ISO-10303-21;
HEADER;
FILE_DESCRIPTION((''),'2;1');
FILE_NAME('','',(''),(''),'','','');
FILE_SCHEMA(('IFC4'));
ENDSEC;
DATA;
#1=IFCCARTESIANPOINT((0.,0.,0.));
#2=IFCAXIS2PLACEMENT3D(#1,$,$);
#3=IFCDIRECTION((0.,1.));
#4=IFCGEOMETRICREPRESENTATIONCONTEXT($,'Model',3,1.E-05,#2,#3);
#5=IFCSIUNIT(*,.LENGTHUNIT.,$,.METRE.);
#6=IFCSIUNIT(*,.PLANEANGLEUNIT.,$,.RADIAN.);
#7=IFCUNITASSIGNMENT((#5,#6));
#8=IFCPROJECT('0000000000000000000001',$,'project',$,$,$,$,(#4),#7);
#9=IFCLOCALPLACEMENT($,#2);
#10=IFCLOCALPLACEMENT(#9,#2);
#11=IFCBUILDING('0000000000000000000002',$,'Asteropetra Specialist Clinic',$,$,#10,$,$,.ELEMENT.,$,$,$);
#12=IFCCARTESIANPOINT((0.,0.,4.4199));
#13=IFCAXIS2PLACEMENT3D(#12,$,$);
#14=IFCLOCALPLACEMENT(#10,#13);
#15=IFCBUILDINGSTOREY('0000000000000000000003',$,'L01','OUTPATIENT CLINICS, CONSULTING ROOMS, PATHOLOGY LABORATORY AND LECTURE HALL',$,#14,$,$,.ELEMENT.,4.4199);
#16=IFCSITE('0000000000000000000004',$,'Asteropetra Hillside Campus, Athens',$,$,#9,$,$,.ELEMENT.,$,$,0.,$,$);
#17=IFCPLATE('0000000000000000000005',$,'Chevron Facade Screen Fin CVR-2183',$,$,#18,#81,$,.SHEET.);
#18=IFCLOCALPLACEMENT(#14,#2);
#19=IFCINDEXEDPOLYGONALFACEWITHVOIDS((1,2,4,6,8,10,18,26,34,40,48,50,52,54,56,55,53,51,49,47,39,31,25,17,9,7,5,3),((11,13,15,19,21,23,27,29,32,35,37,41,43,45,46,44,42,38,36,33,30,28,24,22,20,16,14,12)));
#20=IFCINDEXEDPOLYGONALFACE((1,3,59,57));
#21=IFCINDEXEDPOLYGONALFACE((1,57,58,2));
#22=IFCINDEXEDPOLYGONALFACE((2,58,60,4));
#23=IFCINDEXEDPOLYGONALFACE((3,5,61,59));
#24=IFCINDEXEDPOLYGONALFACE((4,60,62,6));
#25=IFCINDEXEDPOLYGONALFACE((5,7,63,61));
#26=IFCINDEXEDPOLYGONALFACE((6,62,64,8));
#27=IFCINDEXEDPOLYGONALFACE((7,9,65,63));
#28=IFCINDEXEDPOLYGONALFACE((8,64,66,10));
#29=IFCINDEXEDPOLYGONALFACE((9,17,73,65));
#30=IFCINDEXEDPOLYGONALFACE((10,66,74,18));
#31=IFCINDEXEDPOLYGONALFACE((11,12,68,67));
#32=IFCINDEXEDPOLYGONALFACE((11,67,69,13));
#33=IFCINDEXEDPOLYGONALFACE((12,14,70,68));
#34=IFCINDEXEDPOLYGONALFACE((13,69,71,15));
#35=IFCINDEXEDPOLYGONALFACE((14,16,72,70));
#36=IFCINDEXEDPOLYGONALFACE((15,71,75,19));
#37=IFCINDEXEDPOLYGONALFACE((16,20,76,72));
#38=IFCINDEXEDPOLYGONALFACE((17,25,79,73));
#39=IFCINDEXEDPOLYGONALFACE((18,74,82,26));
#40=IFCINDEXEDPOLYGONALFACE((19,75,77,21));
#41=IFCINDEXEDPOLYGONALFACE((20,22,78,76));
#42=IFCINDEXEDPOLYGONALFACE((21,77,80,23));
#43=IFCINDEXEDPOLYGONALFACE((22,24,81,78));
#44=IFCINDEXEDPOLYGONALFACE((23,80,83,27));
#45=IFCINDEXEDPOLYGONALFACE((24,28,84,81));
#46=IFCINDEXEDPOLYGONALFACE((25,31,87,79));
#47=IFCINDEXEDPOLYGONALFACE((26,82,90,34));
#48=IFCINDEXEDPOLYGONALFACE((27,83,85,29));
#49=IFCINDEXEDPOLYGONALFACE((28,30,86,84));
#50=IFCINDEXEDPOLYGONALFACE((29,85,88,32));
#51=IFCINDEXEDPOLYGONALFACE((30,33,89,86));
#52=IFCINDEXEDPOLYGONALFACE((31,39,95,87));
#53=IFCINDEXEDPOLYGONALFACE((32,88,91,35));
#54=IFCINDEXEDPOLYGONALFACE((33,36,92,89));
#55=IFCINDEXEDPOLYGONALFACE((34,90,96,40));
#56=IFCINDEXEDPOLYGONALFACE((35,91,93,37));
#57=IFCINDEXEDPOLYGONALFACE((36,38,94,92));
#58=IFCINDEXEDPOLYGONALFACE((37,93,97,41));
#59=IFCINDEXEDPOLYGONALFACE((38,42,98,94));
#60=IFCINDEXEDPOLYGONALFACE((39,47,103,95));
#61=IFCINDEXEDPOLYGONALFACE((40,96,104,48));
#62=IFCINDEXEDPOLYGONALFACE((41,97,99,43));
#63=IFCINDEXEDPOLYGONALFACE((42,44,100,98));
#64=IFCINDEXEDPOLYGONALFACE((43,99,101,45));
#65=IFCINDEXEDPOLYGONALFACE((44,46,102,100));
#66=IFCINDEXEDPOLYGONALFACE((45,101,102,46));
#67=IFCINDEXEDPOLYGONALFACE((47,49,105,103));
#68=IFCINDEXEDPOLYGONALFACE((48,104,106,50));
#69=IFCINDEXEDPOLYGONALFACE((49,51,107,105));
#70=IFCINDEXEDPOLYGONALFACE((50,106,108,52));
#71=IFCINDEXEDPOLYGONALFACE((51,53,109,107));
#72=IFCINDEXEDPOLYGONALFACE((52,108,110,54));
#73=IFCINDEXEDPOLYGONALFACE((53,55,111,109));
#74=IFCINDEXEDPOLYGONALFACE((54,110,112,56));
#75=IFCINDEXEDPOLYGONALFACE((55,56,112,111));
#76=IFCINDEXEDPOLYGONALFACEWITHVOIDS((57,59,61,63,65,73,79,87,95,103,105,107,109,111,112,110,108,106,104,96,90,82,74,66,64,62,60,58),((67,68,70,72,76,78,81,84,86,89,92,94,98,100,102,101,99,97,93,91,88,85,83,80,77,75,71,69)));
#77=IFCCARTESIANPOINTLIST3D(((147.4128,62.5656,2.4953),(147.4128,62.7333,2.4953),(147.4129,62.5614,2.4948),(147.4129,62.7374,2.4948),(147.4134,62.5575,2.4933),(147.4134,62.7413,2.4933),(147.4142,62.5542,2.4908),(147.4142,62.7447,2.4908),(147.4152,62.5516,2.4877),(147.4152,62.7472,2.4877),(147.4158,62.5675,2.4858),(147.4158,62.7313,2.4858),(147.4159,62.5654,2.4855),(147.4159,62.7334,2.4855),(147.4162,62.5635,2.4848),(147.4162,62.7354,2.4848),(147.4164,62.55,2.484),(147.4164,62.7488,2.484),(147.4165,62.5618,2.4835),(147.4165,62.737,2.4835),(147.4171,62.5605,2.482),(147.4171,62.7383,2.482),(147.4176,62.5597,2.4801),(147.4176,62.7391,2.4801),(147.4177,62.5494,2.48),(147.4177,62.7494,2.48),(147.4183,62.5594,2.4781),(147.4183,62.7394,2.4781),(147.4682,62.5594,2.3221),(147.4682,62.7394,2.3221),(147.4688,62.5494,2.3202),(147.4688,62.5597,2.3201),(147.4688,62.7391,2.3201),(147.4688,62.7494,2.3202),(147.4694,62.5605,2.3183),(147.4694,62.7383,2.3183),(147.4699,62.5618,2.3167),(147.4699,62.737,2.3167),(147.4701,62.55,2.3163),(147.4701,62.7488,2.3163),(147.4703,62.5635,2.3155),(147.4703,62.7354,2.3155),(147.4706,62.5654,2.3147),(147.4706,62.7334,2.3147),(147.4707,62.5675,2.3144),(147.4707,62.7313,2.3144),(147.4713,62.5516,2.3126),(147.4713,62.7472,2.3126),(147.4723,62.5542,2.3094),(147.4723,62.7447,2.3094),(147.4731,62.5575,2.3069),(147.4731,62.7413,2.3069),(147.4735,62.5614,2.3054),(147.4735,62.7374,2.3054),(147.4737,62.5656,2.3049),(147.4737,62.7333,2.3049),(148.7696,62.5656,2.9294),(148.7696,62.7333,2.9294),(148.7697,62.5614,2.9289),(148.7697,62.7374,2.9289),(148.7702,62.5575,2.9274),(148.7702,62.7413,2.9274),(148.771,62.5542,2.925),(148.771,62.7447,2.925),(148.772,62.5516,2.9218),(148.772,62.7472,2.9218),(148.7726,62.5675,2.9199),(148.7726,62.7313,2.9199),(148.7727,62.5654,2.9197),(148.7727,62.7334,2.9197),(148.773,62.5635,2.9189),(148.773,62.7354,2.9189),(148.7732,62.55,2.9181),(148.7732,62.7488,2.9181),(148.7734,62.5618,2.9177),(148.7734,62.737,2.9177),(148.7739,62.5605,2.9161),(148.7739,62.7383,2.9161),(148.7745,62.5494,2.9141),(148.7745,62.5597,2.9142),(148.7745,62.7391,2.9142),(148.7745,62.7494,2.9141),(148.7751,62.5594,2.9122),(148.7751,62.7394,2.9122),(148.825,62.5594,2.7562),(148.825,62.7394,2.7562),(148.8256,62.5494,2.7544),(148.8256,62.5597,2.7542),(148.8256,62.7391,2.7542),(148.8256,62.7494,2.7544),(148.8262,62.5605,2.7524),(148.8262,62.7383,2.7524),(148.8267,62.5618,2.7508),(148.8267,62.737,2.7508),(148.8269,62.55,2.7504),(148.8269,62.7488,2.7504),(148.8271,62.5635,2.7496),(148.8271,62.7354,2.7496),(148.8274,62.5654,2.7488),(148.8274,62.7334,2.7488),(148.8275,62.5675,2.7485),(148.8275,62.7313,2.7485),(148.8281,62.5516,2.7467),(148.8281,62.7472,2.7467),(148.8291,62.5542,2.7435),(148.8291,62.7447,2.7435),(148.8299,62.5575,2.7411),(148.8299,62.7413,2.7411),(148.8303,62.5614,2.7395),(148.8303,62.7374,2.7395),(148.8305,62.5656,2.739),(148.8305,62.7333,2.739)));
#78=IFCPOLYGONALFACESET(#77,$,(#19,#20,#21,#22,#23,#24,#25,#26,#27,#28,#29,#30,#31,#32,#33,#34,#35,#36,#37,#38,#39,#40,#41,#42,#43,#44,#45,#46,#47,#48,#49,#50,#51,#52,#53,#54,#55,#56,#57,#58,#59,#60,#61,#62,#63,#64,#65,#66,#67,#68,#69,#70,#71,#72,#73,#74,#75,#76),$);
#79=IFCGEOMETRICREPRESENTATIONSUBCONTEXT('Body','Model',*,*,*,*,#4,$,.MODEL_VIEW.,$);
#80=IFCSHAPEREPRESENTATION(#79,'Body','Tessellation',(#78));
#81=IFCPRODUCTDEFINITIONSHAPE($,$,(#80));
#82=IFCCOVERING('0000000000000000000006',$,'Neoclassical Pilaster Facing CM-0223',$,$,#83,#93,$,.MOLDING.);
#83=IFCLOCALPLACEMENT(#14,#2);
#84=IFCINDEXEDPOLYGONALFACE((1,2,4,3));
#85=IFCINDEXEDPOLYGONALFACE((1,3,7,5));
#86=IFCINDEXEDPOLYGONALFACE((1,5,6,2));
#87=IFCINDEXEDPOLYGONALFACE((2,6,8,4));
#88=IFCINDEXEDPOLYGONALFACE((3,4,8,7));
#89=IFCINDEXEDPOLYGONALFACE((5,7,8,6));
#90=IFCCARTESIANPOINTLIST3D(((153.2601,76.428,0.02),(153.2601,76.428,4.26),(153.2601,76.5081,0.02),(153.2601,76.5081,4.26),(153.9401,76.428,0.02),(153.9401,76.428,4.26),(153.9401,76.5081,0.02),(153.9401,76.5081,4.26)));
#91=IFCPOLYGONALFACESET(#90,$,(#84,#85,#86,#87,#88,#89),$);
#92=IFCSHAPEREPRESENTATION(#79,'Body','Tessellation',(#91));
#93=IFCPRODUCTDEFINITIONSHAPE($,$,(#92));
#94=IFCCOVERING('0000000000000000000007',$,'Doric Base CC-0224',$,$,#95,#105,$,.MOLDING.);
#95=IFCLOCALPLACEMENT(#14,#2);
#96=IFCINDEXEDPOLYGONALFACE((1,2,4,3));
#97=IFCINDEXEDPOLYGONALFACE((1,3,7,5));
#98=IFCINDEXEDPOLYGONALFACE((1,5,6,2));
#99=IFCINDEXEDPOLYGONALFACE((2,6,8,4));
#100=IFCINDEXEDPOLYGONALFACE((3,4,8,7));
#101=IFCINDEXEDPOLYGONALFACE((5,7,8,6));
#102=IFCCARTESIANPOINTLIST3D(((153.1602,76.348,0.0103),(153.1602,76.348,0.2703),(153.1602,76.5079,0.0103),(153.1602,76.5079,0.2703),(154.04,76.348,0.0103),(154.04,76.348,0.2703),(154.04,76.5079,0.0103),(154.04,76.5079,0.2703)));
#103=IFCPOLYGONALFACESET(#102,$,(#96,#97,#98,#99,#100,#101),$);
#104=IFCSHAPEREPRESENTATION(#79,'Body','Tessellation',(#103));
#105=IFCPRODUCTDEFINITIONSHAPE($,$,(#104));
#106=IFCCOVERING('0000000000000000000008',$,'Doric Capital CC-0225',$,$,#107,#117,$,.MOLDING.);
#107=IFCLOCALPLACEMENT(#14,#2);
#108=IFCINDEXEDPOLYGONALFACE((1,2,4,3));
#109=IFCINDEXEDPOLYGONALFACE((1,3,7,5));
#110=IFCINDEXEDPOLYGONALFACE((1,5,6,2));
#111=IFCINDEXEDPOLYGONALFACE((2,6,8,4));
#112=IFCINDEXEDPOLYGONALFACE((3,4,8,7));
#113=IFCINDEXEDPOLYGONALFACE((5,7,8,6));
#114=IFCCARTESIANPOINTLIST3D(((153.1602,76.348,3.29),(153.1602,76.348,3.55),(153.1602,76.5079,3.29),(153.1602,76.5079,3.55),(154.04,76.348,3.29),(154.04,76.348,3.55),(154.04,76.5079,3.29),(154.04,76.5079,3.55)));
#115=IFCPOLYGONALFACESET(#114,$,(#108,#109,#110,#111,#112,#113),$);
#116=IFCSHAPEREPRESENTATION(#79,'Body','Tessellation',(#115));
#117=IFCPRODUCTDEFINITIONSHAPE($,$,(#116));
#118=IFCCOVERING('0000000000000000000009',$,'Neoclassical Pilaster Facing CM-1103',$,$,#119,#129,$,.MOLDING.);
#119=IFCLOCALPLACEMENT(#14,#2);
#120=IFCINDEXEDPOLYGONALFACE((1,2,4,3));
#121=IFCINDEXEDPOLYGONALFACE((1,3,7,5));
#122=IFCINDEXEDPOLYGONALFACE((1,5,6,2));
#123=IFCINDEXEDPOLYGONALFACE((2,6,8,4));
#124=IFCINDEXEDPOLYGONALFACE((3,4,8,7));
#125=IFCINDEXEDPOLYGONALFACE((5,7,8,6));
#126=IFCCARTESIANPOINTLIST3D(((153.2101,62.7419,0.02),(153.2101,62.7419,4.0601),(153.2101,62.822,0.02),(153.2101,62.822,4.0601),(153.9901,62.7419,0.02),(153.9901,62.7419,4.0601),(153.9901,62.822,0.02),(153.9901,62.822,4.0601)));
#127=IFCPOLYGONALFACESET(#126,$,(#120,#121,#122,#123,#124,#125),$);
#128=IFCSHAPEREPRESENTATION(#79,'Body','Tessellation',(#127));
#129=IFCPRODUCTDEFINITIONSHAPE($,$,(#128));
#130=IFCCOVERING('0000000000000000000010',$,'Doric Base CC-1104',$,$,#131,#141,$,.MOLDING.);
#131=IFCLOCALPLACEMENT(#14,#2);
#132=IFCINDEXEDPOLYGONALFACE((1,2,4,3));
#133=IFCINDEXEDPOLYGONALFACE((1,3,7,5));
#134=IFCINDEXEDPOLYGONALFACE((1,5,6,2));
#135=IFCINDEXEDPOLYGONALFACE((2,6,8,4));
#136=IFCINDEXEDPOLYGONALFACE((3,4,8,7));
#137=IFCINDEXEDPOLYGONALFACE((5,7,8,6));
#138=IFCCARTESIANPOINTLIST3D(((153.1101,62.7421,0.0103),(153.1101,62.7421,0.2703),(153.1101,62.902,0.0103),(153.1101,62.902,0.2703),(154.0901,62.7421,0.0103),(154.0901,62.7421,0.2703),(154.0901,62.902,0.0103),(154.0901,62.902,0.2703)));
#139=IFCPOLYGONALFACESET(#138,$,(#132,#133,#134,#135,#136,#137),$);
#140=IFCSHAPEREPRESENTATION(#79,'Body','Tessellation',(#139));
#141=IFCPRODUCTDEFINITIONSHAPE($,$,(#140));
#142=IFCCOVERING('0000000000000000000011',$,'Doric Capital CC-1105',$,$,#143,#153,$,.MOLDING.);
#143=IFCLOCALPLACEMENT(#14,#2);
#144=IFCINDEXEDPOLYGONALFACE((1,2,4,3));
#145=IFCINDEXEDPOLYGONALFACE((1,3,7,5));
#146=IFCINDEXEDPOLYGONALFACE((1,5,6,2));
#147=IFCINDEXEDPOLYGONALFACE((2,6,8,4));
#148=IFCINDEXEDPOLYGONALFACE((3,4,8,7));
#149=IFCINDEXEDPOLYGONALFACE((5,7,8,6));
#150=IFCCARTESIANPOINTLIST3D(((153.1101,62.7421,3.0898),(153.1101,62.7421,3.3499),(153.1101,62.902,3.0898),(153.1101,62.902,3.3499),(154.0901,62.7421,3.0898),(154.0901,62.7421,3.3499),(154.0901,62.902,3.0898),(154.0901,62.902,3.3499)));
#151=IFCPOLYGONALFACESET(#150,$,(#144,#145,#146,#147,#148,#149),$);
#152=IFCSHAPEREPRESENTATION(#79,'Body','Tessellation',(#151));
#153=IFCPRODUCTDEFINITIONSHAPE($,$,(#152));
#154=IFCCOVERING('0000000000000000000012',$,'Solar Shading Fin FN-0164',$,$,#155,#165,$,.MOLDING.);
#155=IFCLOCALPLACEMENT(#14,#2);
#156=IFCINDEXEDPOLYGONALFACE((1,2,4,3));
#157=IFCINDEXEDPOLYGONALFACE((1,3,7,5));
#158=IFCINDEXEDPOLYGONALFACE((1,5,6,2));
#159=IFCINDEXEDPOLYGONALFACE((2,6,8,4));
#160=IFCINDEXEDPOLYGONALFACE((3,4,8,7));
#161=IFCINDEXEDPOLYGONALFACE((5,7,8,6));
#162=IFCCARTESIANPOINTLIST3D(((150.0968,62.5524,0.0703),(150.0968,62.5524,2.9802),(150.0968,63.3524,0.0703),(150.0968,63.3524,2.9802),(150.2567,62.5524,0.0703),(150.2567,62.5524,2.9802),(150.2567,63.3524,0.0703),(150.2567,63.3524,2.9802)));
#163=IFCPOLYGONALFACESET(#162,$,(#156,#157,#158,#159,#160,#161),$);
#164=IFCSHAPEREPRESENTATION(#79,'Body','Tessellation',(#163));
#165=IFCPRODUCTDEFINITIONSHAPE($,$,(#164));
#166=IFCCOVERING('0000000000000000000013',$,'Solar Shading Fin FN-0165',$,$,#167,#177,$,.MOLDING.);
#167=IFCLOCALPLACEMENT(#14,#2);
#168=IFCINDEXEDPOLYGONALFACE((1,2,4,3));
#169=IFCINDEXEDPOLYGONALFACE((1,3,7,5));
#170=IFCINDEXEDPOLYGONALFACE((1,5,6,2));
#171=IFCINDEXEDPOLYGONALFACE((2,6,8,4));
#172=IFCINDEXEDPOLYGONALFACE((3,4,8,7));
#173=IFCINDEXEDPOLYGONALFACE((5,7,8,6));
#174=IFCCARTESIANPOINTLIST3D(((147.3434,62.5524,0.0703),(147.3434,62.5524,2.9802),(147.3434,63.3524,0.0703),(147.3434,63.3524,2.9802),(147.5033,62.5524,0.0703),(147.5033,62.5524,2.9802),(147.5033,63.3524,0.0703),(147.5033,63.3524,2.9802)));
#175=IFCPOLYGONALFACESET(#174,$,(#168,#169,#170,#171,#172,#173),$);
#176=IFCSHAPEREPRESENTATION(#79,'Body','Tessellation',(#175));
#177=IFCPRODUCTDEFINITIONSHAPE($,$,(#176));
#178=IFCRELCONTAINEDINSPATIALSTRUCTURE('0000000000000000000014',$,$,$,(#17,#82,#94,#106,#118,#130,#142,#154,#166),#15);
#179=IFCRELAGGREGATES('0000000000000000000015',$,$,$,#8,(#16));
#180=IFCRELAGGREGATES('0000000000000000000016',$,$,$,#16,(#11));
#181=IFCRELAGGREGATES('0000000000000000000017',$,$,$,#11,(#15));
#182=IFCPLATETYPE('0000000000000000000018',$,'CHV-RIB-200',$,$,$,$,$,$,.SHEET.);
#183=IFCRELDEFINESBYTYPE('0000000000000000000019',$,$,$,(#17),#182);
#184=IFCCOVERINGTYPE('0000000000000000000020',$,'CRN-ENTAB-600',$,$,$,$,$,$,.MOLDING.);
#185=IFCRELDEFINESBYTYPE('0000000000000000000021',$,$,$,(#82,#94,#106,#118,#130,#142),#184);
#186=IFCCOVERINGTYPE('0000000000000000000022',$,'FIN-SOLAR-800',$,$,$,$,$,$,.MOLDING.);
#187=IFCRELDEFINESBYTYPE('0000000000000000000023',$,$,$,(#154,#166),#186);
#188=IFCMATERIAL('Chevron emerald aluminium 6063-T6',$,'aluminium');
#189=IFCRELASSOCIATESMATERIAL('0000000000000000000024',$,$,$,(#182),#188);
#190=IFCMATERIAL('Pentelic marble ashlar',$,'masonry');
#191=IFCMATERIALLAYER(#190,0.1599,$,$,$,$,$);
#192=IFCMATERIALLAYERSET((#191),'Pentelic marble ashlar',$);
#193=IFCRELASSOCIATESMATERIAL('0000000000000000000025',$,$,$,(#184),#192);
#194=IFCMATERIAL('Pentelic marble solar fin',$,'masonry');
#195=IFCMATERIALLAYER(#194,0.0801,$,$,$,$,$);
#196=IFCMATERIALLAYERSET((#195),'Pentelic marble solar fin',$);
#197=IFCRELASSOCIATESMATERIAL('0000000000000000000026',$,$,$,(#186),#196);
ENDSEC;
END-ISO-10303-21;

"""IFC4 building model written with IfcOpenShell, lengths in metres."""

from ifc_helpers import new_model, si_unit, direction, frame, origin, origin_2d, place, context, subcontext, project, spatial, rectangle, hollow_rectangle, extrude, material, layer, layer_set, material_profile, profile_set, type_object, element, save


model = new_model("IFC4")

# Units and contexts
model_context = context("Model", 3, precision=1e-05, world=origin(), true_north=direction((0.0, 1.0)))
body_context = subcontext(model_context, "Body", "Model", "MODEL_VIEW")
ifc_project = project(units=[si_unit("LENGTHUNIT", "METRE"), si_unit("PLANEANGLEUNIT", "RADIAN")], contexts=[model_context])

# Site, building, storey
site_placement = place(None, origin())
site = spatial("IfcSite", under=ifc_project, at=site_placement, Name="Asteropetra Hillside Campus, Athens", CompositionType="ELEMENT", RefElevation=0.0)
building_placement = place(site_placement, origin())
building = spatial("IfcBuilding", under=site, at=building_placement, Name="Asteropetra Specialist Clinic", CompositionType="ELEMENT")
storey_placement = place(building_placement, frame((0.0, 0.0, 4.4199)))
storey = spatial("IfcBuildingStorey", under=building, at=storey_placement, Name="L01", Description="OUTPATIENT CLINICS, CONSULTING ROOMS, PATHOLOGY LABORATORY AND LECTURE HALL", CompositionType="ELEMENT", Elevation=4.4199)

# Plate
ifc_material_1 = material(Name="Chevron emerald aluminium 6063-T6", Category="aluminium")
ifc_material_profile = material_profile(ifc_material_1, hollow_rectangle(XDim=0.2, YDim=0.2, WallThickness=0.01, InnerFilletRadius=0.0081, OuterFilletRadius=0.0161, at=origin_2d()), Name="SHS 200x200x10.0")
ifc_profile_set = profile_set([ifc_material_profile], Name="Chevron emerald aluminium 6063-T6")
plate_type = type_object("IfcPlateType", Name="CHV-RIB-200", PredefinedType="SHEET", material=ifc_profile_set)
for number, where, z_axis, x_axis, name in (
    (1, (148.8, 62.6494, 2.8342), (-0.952436, 0.0, -0.304738), (0.0, -1.0, 0.0), "Chevron Facade Screen Fin CVR-2183"),
):
    element("IfcPlate", number, at=place(storey_placement, frame(where, z_axis=z_axis, x_axis=x_axis)), inside=storey, type_object=plate_type, Name=name, PredefinedType="SHEET", context=body_context, shape_type="SweptSolid", body=[
        extrude(hollow_rectangle(XDim=0.2, YDim=0.2, WallThickness=0.01, InnerFilletRadius=0.0081, OuterFilletRadius=0.0161, at=origin_2d()), origin(), (0.0, 0.0, 1.0), 1.4246),
    ])

# Coverings
ifc_material_2 = material(Name="Pentelic marble ashlar", Category="masonry")
ifc_layer_1 = layer(ifc_material_2, 0.1599)
ifc_layer_set_1 = layer_set([ifc_layer_1], Name="Pentelic marble ashlar")
covering_type_1 = type_object("IfcCoveringType", Name="CRN-ENTAB-600", PredefinedType="MOLDING", material=ifc_layer_set_1)
covering_1_placement = place(storey_placement, frame((153.6001, 76.468, 0.02), z_axis=(0.0, 0.0, 1.0), x_axis=(1.0, 0.0, 0.0)))
element("IfcCovering", 2, at=covering_1_placement, inside=storey, type_object=covering_type_1, Name="Neoclassical Pilaster Facing CM-0223", PredefinedType="MOLDING", context=body_context, shape_type="SweptSolid", body=[
    extrude(rectangle(XDim=0.6799, YDim=0.0801, at=origin_2d()), origin(), (0.0, 0.0, 1.0), 4.24),
])
for number, where, z_axis, x_axis, name in (
    (3, (153.6001, 76.428, 0.0103), (0.0, 0.0, 1.0), (1.0, 0.0, 0.0), "Doric Base CC-0224"),
    (4, (153.6001, 76.428, 3.29), (0.0, 0.0, 1.0), (1.0, 0.0, 0.0), "Doric Capital CC-0225"),
):
    element("IfcCovering", number, at=place(storey_placement, frame(where, z_axis=z_axis, x_axis=x_axis)), inside=storey, type_object=covering_type_1, Name=name, PredefinedType="MOLDING", context=body_context, shape_type="SweptSolid", body=[
        extrude(rectangle(XDim=0.8799, YDim=0.1599, at=origin_2d()), origin(), (0.0, 0.0, 1.0), 0.26),
    ])
covering_2_placement = place(storey_placement, frame((153.6001, 62.782, 0.02), z_axis=(0.0, 0.0, 1.0), x_axis=(1.0, 0.0, 0.0)))
element("IfcCovering", 5, at=covering_2_placement, inside=storey, type_object=covering_type_1, Name="Neoclassical Pilaster Facing CM-1103", PredefinedType="MOLDING", context=body_context, shape_type="SweptSolid", body=[
    extrude(rectangle(XDim=0.78, YDim=0.0801, at=origin_2d()), origin(), (0.0, 0.0, 1.0), 4.04),
])
for number, where, z_axis, x_axis, name in (
    (6, (153.6001, 62.822, 0.0103), (0.0, 0.0, 1.0), (1.0, 0.0, 0.0), "Doric Base CC-1104"),
    (7, (153.6001, 62.822, 3.0898), (0.0, 0.0, 1.0), (1.0, 0.0, 0.0), "Doric Capital CC-1105"),
):
    element("IfcCovering", number, at=place(storey_placement, frame(where, z_axis=z_axis, x_axis=x_axis)), inside=storey, type_object=covering_type_1, Name=name, PredefinedType="MOLDING", context=body_context, shape_type="SweptSolid", body=[
        extrude(rectangle(XDim=0.98, YDim=0.1599, at=origin_2d()), origin(), (0.0, 0.0, 1.0), 0.26),
    ])
ifc_material_3 = material(Name="Pentelic marble solar fin", Category="masonry")
ifc_layer_2 = layer(ifc_material_3, 0.0801)
ifc_layer_set_2 = layer_set([ifc_layer_2], Name="Pentelic marble solar fin")
covering_type_2 = type_object("IfcCoveringType", Name="FIN-SOLAR-800", PredefinedType="MOLDING", material=ifc_layer_set_2)
for number, where, z_axis, x_axis, name in (
    (8, (150.1768, 62.9524, 0.0703), (0.0, 0.0, 1.0), (1.0, 0.0, 0.0), "Solar Shading Fin FN-0164"),
    (9, (147.4233, 62.9524, 0.0703), (0.0, 0.0, 1.0), (1.0, 0.0, 0.0), "Solar Shading Fin FN-0165"),
):
    element("IfcCovering", number, at=place(storey_placement, frame(where, z_axis=z_axis, x_axis=x_axis)), inside=storey, type_object=covering_type_2, Name=name, PredefinedType="MOLDING", context=body_context, shape_type="SweptSolid", body=[
        extrude(rectangle(XDim=0.1599, YDim=0.8, at=origin_2d()), origin(), (0.0, 0.0, 1.0), 2.9099),
    ])

save(model, "model.ifc")
